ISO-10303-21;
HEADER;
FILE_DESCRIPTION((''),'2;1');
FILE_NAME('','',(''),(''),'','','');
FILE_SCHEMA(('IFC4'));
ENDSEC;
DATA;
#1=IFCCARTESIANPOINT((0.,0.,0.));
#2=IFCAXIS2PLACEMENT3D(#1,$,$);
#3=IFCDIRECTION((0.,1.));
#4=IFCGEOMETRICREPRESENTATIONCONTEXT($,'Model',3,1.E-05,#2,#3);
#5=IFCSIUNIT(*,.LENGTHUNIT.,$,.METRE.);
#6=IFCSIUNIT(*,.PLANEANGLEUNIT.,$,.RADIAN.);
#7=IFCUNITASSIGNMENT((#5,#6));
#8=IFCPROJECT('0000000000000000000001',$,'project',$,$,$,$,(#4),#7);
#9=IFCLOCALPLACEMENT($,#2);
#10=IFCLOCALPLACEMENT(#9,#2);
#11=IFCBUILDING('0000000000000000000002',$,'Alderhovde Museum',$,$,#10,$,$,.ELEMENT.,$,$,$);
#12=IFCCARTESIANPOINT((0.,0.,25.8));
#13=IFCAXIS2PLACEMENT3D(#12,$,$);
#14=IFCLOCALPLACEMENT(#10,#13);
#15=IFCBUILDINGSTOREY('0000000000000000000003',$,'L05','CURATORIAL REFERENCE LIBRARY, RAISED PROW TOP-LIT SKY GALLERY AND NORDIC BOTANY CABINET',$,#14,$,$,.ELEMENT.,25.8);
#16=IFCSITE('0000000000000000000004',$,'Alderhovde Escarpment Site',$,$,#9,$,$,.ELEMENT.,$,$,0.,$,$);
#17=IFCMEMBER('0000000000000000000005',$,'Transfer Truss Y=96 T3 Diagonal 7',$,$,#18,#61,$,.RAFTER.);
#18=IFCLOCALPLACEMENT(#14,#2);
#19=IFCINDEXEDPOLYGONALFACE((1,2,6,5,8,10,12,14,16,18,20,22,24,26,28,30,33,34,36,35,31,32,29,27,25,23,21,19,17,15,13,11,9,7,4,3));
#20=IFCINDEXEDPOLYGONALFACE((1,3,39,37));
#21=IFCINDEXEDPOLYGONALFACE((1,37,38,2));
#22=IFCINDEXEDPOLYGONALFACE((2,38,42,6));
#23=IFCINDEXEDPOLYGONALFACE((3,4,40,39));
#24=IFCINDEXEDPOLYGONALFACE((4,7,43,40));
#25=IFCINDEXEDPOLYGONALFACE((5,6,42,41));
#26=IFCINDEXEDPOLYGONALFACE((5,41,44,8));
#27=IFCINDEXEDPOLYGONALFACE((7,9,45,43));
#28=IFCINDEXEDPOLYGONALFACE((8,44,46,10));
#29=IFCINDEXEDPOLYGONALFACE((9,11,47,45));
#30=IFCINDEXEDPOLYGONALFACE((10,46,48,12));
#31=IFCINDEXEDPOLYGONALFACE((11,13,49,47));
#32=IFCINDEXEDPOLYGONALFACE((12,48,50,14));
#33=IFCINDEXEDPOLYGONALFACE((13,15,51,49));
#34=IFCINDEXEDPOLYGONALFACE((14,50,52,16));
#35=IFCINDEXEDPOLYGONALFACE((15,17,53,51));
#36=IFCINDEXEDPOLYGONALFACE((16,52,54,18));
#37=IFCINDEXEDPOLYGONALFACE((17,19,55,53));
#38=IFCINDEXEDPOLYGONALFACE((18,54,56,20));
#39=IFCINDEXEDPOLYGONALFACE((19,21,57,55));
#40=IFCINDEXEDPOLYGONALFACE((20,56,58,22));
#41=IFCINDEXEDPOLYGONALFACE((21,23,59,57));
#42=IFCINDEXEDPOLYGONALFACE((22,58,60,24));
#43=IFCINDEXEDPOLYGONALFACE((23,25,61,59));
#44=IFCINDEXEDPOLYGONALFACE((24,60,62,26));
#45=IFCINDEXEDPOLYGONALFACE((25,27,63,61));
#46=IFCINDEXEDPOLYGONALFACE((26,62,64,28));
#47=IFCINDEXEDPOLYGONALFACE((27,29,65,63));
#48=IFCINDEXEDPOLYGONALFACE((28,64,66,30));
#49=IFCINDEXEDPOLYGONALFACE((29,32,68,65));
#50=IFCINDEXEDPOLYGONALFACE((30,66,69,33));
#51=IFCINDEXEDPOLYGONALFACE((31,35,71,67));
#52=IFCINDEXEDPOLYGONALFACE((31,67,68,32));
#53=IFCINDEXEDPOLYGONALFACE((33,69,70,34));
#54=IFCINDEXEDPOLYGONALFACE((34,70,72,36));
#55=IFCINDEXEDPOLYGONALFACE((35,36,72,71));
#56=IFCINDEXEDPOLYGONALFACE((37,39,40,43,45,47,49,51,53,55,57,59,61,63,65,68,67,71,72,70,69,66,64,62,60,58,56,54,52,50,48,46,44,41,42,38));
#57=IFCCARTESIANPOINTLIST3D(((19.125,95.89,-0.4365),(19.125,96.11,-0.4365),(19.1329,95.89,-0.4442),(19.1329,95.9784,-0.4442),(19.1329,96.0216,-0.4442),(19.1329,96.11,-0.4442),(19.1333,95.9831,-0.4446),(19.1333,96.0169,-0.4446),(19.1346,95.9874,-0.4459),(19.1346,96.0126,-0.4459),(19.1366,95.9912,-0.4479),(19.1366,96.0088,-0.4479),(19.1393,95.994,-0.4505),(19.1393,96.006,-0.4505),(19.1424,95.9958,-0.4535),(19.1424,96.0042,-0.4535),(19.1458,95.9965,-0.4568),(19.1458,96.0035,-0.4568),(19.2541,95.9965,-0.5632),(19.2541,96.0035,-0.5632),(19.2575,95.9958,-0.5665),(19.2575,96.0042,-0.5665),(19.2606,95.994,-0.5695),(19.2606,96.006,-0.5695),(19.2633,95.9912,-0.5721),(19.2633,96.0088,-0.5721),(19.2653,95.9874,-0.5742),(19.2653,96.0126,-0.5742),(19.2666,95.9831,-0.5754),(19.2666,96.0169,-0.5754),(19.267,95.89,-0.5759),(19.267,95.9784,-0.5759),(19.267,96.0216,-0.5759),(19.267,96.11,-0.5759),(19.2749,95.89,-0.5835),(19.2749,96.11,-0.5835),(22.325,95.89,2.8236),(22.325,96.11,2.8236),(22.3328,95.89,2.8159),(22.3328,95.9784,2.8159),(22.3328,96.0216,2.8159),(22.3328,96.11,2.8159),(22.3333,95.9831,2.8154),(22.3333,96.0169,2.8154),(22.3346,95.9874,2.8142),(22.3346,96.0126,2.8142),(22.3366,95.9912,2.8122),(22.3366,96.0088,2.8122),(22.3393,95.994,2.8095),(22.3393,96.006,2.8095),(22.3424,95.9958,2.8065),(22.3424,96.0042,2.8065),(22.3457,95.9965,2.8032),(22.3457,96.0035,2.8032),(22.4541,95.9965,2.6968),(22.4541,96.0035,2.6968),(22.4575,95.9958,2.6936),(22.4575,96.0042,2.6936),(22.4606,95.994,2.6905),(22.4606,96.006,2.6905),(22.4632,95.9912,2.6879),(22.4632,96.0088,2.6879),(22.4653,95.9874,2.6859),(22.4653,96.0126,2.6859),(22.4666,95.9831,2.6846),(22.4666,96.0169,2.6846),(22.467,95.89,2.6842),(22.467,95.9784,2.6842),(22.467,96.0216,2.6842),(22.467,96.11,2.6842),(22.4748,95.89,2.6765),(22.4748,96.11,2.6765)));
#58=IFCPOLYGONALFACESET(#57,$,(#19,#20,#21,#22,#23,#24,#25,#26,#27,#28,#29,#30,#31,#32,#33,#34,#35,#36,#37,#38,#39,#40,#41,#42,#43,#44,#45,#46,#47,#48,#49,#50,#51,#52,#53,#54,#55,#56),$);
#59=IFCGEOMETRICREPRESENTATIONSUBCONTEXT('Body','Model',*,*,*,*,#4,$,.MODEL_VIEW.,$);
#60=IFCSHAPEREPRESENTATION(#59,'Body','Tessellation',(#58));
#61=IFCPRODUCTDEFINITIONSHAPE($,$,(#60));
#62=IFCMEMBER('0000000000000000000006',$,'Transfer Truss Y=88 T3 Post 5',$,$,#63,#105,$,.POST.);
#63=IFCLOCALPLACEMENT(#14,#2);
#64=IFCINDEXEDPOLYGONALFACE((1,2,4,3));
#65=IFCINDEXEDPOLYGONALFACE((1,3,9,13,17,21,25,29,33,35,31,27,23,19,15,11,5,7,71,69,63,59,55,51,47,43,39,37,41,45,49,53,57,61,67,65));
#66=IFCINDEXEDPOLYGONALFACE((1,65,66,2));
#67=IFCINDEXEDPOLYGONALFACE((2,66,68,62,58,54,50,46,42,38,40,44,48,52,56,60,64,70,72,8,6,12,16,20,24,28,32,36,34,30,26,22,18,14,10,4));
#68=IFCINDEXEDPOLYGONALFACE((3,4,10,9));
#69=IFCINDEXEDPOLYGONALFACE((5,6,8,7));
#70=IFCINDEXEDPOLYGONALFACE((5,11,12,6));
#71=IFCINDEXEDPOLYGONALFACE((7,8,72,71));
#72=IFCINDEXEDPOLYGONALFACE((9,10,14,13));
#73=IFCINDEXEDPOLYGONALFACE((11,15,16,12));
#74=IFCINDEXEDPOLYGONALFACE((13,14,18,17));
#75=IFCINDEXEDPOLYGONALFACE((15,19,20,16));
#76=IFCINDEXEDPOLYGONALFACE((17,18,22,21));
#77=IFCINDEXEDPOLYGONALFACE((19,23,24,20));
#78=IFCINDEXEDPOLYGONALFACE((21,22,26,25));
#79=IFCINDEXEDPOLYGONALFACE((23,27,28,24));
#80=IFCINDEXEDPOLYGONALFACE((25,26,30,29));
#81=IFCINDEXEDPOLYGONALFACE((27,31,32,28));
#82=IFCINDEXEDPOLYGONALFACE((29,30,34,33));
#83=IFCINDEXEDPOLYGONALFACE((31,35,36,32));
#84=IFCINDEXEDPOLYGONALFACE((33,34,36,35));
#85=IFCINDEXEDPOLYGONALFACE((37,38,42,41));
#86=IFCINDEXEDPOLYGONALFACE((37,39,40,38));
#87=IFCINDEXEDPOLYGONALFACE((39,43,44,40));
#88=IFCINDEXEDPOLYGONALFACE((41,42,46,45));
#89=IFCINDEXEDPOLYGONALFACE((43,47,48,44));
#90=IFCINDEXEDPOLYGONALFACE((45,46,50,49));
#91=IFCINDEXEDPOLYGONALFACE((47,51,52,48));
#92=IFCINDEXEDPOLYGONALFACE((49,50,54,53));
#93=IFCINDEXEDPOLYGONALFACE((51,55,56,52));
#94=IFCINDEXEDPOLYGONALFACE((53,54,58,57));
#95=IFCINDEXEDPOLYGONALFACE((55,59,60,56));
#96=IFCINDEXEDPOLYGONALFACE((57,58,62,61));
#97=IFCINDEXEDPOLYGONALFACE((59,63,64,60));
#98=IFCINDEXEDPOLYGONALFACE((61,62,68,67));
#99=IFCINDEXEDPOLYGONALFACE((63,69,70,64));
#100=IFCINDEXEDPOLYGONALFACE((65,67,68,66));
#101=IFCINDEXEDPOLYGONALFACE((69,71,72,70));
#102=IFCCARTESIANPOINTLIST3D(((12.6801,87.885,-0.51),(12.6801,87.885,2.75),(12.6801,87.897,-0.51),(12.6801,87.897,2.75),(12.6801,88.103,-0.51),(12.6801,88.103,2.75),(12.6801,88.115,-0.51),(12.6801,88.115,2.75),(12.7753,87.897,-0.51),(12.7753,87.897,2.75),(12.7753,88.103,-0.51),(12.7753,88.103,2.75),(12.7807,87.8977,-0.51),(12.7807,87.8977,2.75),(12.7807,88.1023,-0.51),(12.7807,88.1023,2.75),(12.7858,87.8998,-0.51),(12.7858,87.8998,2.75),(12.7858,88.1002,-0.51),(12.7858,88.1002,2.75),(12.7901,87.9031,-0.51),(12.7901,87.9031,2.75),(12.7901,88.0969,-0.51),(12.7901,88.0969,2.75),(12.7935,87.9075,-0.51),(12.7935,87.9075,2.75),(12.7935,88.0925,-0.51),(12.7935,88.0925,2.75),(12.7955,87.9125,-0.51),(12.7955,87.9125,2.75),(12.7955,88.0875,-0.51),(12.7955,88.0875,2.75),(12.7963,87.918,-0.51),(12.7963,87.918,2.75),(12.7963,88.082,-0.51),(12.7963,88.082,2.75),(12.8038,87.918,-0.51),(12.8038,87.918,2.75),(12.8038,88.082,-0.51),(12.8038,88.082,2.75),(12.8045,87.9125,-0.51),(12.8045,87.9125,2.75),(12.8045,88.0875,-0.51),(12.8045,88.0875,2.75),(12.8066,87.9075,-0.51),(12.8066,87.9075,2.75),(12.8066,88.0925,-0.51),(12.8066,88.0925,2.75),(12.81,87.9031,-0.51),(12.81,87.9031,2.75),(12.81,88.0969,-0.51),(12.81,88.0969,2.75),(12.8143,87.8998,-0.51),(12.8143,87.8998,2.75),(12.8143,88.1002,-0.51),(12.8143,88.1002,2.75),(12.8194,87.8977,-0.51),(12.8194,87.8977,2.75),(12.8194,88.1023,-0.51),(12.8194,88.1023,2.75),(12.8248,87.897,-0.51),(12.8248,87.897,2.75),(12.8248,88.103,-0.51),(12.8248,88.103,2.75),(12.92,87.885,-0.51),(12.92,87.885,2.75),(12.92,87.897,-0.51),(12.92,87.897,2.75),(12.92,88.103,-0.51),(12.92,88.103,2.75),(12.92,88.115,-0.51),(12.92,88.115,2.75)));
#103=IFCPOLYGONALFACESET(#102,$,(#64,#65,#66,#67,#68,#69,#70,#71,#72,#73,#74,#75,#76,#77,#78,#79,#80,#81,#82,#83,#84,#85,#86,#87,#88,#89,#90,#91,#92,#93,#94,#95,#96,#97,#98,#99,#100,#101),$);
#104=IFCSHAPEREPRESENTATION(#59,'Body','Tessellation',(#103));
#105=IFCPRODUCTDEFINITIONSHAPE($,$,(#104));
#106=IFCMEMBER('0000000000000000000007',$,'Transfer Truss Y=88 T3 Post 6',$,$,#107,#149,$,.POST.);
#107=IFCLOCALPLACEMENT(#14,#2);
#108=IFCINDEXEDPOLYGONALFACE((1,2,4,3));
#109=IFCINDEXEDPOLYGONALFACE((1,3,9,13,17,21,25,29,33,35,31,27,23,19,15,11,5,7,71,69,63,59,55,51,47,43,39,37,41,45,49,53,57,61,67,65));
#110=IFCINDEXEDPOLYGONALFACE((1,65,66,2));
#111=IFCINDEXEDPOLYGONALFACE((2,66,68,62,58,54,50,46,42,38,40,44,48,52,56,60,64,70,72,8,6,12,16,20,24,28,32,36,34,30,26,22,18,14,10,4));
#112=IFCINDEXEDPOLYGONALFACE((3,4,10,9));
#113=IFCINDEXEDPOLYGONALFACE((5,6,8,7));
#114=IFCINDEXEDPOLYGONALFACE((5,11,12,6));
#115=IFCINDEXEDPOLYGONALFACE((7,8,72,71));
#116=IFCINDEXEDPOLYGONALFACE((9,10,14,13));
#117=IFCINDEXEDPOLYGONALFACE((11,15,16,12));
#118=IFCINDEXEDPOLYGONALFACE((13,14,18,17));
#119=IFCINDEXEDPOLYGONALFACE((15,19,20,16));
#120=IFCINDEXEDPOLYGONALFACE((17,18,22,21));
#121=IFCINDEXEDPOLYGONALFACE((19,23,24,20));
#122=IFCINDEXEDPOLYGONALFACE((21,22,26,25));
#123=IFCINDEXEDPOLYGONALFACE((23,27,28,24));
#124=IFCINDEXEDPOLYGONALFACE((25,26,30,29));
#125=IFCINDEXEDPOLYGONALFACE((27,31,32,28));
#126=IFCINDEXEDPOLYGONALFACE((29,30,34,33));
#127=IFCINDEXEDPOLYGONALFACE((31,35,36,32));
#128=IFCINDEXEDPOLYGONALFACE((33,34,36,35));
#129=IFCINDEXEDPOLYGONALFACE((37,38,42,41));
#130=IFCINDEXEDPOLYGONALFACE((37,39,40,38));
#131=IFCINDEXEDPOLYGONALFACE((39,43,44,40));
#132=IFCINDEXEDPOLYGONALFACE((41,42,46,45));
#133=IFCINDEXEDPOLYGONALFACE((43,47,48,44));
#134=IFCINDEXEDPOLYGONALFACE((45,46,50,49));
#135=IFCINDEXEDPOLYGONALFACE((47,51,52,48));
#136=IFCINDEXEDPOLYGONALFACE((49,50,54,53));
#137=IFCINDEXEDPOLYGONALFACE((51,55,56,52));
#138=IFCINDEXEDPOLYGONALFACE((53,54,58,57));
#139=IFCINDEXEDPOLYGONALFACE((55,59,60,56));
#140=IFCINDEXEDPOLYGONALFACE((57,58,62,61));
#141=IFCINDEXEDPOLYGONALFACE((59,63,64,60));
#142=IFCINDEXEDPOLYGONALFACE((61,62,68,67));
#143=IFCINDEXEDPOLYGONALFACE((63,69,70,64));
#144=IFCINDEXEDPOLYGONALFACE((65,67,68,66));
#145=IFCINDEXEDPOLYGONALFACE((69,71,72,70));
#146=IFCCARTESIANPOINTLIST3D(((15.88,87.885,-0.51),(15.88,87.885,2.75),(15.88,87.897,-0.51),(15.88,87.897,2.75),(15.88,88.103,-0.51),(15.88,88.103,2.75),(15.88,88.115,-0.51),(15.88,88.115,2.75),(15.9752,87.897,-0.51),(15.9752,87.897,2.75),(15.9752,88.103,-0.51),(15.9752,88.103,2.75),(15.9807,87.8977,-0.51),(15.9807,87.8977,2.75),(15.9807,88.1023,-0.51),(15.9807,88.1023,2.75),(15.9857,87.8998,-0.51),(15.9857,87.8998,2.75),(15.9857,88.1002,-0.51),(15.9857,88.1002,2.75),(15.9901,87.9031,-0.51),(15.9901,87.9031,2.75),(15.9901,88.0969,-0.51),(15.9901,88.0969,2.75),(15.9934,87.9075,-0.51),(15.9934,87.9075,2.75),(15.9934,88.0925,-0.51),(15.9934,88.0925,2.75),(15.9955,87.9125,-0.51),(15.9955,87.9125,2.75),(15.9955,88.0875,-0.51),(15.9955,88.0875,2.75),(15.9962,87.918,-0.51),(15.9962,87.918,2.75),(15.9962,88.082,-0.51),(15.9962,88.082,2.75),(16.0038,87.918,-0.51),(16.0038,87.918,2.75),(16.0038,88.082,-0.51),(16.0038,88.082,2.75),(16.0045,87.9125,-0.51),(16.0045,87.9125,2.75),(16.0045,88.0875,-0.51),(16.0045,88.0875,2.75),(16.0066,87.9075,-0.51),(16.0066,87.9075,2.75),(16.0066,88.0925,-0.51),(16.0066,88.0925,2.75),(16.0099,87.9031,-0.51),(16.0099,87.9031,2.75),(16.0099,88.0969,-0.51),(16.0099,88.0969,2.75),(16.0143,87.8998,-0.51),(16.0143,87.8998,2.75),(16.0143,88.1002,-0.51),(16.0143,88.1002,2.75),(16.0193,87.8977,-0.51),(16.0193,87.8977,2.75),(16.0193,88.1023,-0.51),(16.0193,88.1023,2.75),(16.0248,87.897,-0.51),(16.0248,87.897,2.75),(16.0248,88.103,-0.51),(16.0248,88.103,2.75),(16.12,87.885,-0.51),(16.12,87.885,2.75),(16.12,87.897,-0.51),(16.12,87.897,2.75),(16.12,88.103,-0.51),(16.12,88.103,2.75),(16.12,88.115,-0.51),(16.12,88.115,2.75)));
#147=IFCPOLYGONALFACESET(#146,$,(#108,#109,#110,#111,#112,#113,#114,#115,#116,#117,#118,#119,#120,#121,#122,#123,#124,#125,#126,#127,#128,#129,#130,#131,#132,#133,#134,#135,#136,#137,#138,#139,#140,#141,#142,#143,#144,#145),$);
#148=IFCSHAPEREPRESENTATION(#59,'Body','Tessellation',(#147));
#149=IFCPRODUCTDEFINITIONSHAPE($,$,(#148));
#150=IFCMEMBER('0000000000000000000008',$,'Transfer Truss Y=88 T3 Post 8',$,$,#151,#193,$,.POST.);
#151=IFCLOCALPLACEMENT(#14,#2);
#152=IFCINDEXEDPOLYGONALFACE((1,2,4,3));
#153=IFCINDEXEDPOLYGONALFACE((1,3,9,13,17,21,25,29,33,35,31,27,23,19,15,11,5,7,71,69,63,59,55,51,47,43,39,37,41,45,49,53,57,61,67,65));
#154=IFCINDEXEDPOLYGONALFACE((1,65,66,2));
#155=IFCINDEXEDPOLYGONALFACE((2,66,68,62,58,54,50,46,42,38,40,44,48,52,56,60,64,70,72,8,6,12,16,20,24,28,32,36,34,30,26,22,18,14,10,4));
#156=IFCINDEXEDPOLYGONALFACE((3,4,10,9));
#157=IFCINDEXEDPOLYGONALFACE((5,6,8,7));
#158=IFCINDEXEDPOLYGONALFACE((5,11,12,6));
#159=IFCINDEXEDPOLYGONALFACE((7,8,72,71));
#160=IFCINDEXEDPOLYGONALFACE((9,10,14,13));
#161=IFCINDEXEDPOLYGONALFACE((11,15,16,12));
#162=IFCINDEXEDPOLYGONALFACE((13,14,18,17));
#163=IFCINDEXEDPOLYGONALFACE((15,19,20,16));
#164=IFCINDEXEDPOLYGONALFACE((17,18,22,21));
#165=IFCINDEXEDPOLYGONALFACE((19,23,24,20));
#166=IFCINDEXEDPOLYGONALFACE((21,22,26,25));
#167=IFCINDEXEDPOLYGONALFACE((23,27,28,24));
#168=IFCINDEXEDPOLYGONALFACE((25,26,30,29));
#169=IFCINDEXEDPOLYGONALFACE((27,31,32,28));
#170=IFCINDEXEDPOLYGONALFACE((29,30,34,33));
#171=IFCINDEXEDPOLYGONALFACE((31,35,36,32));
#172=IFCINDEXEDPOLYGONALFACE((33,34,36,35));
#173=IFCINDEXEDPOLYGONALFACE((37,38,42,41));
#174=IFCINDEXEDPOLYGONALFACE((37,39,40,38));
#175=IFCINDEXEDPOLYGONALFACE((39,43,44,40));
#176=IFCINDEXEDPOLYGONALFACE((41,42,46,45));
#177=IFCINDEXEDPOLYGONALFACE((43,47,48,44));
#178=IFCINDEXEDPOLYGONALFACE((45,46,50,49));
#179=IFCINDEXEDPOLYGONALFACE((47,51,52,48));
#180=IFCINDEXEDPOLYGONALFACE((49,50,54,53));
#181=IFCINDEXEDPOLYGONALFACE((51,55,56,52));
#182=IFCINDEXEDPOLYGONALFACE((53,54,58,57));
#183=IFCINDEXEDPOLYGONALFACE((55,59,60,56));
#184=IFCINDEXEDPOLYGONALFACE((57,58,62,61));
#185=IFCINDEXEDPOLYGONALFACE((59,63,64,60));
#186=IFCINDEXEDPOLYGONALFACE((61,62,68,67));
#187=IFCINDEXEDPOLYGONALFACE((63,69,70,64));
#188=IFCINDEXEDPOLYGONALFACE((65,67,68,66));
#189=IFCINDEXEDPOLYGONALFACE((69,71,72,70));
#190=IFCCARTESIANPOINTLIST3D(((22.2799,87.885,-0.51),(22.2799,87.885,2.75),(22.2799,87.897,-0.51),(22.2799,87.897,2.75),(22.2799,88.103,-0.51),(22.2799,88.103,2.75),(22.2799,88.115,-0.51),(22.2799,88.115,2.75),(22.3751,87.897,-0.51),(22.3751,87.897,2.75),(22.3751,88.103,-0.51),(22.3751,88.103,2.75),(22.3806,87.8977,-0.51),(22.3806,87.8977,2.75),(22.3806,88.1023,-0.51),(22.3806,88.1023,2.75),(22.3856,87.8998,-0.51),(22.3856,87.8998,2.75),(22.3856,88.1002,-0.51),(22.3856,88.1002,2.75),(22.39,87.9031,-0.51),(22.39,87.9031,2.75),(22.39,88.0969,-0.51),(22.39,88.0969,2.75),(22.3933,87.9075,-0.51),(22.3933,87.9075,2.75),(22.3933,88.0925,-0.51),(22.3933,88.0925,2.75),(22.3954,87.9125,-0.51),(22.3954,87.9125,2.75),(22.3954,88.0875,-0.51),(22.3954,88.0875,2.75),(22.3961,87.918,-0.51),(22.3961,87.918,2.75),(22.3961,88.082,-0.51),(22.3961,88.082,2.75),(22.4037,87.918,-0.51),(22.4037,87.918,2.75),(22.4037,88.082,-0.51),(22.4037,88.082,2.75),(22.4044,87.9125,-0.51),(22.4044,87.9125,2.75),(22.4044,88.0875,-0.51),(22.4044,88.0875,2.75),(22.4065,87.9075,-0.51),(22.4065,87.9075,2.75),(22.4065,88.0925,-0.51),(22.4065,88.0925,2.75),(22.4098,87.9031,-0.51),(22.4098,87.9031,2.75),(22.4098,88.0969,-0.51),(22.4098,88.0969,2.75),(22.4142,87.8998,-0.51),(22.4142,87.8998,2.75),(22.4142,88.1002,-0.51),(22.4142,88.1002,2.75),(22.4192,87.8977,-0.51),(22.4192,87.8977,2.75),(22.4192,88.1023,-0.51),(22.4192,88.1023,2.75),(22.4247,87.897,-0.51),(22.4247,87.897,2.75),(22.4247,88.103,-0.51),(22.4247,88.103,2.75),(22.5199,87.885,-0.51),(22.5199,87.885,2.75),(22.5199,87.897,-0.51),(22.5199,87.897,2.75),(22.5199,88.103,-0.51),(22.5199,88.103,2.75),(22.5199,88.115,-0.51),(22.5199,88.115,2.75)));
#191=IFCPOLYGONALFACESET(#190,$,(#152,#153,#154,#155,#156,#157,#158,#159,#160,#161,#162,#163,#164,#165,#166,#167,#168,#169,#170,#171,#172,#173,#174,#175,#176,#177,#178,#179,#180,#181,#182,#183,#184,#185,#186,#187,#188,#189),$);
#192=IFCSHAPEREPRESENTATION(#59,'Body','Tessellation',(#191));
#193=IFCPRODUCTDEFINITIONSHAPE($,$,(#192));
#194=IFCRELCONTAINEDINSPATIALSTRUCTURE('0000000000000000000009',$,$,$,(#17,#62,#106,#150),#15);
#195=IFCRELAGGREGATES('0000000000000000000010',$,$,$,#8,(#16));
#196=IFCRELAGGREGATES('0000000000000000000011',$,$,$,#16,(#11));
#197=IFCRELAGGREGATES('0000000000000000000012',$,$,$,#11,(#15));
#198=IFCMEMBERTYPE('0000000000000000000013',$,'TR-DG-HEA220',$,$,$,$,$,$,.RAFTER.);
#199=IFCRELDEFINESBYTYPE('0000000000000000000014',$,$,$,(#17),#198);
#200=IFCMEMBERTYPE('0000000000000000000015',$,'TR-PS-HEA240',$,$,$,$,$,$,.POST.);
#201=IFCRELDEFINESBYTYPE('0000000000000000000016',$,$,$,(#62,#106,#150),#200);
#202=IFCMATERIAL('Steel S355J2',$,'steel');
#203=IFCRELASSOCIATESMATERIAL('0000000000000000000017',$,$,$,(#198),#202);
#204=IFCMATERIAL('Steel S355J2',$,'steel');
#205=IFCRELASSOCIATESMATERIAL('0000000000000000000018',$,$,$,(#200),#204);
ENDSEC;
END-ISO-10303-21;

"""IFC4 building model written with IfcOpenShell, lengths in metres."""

from ifc_helpers import new_model, si_unit, direction, frame, origin, origin_2d, place, context, subcontext, project, spatial, i_section, extrude, material, material_profile, profile_set, type_object, element, save


model = new_model("IFC4")

# Units and contexts
model_context = context("Model", 3, precision=1e-05, world=origin(), true_north=direction((0.0, 1.0)))
body_context = subcontext(model_context, "Body", "Model", "MODEL_VIEW")
ifc_project = project(units=[si_unit("LENGTHUNIT", "METRE"), si_unit("PLANEANGLEUNIT", "RADIAN")], contexts=[model_context])

# Site, building, storey
site_placement = place(None, origin())
site = spatial("IfcSite", under=ifc_project, at=site_placement, Name="Alderhovde Escarpment Site", CompositionType="ELEMENT", RefElevation=0.0)
building_placement = place(site_placement, origin())
building = spatial("IfcBuilding", under=site, at=building_placement, Name="Alderhovde Museum", CompositionType="ELEMENT")
storey_placement = place(building_placement, frame((0.0, 0.0, 25.8)))
storey = spatial("IfcBuildingStorey", under=building, at=storey_placement, Name="L05", Description="CURATORIAL REFERENCE LIBRARY, RAISED PROW TOP-LIT SKY GALLERY AND NORDIC BOTANY CABINET", CompositionType="ELEMENT", Elevation=25.8)

# Members
ifc_material_1 = material(Name="Steel S355J2", Category="steel")
ifc_material_profile_1 = material_profile(ifc_material_1, i_section(OverallWidth=0.22, OverallDepth=0.21, WebThickness=0.0071, FlangeThickness=0.011, FilletRadius=0.0181, at=origin_2d()), Name="HEA 220")
ifc_profile_set_1 = profile_set([ifc_material_profile_1], Name="Steel S355J2")
member_type_1 = type_object("IfcMemberType", Name="TR-DG-HEA220", PredefinedType="RAFTER", material=ifc_profile_set_1)
for number, where, z_axis, x_axis, name in (
    (1, (19.2, 96.0, -0.51), (0.700502, 0.0, 0.71365), (0.0, 1.0, 0.0), "Transfer Truss Y=96 T3 Diagonal 7"),
):
    element("IfcMember", number, at=place(storey_placement, frame(where, z_axis=z_axis, x_axis=x_axis)), inside=storey, type_object=member_type_1, Name=name, PredefinedType="RAFTER", context=body_context, shape_type="SweptSolid", body=[
        extrude(i_section(OverallWidth=0.22, OverallDepth=0.21, WebThickness=0.0071, FlangeThickness=0.011, FilletRadius=0.0181, at=origin_2d()), origin(), (0.0, 0.0, 1.0), 4.5681),
    ])
ifc_material_2 = material(Name="Steel S355J2", Category="steel")
ifc_material_profile_2 = material_profile(ifc_material_2, i_section(OverallWidth=0.24, OverallDepth=0.23, WebThickness=0.0076, FlangeThickness=0.012, FilletRadius=0.021, at=origin_2d()), Name="HEA 240")
ifc_profile_set_2 = profile_set([ifc_material_profile_2], Name="Steel S355J2")
member_type_2 = type_object("IfcMemberType", Name="TR-PS-HEA240", PredefinedType="POST", material=ifc_profile_set_2)
for number, where, z_axis, x_axis, name in (
    (2, (12.8, 88.0, -0.51), (0.0, 0.0, 1.0), (1.0, 0.0, 0.0), "Transfer Truss Y=88 T3 Post 5"),
    (3, (16.0, 88.0, -0.51), (0.0, 0.0, 1.0), (1.0, 0.0, 0.0), "Transfer Truss Y=88 T3 Post 6"),
    (4, (22.3999, 88.0, -0.51), (0.0, 0.0, 1.0), (1.0, 0.0, 0.0), "Transfer Truss Y=88 T3 Post 8"),
):
    element("IfcMember", number, at=place(storey_placement, frame(where, z_axis=z_axis, x_axis=x_axis)), inside=storey, type_object=member_type_2, Name=name, PredefinedType="POST", context=body_context, shape_type="SweptSolid", body=[
        extrude(i_section(OverallWidth=0.24, OverallDepth=0.23, WebThickness=0.0076, FlangeThickness=0.012, FilletRadius=0.021, at=origin_2d()), origin(), (0.0, 0.0, 1.0), 3.26),
    ])

save(model, "model.ifc")
